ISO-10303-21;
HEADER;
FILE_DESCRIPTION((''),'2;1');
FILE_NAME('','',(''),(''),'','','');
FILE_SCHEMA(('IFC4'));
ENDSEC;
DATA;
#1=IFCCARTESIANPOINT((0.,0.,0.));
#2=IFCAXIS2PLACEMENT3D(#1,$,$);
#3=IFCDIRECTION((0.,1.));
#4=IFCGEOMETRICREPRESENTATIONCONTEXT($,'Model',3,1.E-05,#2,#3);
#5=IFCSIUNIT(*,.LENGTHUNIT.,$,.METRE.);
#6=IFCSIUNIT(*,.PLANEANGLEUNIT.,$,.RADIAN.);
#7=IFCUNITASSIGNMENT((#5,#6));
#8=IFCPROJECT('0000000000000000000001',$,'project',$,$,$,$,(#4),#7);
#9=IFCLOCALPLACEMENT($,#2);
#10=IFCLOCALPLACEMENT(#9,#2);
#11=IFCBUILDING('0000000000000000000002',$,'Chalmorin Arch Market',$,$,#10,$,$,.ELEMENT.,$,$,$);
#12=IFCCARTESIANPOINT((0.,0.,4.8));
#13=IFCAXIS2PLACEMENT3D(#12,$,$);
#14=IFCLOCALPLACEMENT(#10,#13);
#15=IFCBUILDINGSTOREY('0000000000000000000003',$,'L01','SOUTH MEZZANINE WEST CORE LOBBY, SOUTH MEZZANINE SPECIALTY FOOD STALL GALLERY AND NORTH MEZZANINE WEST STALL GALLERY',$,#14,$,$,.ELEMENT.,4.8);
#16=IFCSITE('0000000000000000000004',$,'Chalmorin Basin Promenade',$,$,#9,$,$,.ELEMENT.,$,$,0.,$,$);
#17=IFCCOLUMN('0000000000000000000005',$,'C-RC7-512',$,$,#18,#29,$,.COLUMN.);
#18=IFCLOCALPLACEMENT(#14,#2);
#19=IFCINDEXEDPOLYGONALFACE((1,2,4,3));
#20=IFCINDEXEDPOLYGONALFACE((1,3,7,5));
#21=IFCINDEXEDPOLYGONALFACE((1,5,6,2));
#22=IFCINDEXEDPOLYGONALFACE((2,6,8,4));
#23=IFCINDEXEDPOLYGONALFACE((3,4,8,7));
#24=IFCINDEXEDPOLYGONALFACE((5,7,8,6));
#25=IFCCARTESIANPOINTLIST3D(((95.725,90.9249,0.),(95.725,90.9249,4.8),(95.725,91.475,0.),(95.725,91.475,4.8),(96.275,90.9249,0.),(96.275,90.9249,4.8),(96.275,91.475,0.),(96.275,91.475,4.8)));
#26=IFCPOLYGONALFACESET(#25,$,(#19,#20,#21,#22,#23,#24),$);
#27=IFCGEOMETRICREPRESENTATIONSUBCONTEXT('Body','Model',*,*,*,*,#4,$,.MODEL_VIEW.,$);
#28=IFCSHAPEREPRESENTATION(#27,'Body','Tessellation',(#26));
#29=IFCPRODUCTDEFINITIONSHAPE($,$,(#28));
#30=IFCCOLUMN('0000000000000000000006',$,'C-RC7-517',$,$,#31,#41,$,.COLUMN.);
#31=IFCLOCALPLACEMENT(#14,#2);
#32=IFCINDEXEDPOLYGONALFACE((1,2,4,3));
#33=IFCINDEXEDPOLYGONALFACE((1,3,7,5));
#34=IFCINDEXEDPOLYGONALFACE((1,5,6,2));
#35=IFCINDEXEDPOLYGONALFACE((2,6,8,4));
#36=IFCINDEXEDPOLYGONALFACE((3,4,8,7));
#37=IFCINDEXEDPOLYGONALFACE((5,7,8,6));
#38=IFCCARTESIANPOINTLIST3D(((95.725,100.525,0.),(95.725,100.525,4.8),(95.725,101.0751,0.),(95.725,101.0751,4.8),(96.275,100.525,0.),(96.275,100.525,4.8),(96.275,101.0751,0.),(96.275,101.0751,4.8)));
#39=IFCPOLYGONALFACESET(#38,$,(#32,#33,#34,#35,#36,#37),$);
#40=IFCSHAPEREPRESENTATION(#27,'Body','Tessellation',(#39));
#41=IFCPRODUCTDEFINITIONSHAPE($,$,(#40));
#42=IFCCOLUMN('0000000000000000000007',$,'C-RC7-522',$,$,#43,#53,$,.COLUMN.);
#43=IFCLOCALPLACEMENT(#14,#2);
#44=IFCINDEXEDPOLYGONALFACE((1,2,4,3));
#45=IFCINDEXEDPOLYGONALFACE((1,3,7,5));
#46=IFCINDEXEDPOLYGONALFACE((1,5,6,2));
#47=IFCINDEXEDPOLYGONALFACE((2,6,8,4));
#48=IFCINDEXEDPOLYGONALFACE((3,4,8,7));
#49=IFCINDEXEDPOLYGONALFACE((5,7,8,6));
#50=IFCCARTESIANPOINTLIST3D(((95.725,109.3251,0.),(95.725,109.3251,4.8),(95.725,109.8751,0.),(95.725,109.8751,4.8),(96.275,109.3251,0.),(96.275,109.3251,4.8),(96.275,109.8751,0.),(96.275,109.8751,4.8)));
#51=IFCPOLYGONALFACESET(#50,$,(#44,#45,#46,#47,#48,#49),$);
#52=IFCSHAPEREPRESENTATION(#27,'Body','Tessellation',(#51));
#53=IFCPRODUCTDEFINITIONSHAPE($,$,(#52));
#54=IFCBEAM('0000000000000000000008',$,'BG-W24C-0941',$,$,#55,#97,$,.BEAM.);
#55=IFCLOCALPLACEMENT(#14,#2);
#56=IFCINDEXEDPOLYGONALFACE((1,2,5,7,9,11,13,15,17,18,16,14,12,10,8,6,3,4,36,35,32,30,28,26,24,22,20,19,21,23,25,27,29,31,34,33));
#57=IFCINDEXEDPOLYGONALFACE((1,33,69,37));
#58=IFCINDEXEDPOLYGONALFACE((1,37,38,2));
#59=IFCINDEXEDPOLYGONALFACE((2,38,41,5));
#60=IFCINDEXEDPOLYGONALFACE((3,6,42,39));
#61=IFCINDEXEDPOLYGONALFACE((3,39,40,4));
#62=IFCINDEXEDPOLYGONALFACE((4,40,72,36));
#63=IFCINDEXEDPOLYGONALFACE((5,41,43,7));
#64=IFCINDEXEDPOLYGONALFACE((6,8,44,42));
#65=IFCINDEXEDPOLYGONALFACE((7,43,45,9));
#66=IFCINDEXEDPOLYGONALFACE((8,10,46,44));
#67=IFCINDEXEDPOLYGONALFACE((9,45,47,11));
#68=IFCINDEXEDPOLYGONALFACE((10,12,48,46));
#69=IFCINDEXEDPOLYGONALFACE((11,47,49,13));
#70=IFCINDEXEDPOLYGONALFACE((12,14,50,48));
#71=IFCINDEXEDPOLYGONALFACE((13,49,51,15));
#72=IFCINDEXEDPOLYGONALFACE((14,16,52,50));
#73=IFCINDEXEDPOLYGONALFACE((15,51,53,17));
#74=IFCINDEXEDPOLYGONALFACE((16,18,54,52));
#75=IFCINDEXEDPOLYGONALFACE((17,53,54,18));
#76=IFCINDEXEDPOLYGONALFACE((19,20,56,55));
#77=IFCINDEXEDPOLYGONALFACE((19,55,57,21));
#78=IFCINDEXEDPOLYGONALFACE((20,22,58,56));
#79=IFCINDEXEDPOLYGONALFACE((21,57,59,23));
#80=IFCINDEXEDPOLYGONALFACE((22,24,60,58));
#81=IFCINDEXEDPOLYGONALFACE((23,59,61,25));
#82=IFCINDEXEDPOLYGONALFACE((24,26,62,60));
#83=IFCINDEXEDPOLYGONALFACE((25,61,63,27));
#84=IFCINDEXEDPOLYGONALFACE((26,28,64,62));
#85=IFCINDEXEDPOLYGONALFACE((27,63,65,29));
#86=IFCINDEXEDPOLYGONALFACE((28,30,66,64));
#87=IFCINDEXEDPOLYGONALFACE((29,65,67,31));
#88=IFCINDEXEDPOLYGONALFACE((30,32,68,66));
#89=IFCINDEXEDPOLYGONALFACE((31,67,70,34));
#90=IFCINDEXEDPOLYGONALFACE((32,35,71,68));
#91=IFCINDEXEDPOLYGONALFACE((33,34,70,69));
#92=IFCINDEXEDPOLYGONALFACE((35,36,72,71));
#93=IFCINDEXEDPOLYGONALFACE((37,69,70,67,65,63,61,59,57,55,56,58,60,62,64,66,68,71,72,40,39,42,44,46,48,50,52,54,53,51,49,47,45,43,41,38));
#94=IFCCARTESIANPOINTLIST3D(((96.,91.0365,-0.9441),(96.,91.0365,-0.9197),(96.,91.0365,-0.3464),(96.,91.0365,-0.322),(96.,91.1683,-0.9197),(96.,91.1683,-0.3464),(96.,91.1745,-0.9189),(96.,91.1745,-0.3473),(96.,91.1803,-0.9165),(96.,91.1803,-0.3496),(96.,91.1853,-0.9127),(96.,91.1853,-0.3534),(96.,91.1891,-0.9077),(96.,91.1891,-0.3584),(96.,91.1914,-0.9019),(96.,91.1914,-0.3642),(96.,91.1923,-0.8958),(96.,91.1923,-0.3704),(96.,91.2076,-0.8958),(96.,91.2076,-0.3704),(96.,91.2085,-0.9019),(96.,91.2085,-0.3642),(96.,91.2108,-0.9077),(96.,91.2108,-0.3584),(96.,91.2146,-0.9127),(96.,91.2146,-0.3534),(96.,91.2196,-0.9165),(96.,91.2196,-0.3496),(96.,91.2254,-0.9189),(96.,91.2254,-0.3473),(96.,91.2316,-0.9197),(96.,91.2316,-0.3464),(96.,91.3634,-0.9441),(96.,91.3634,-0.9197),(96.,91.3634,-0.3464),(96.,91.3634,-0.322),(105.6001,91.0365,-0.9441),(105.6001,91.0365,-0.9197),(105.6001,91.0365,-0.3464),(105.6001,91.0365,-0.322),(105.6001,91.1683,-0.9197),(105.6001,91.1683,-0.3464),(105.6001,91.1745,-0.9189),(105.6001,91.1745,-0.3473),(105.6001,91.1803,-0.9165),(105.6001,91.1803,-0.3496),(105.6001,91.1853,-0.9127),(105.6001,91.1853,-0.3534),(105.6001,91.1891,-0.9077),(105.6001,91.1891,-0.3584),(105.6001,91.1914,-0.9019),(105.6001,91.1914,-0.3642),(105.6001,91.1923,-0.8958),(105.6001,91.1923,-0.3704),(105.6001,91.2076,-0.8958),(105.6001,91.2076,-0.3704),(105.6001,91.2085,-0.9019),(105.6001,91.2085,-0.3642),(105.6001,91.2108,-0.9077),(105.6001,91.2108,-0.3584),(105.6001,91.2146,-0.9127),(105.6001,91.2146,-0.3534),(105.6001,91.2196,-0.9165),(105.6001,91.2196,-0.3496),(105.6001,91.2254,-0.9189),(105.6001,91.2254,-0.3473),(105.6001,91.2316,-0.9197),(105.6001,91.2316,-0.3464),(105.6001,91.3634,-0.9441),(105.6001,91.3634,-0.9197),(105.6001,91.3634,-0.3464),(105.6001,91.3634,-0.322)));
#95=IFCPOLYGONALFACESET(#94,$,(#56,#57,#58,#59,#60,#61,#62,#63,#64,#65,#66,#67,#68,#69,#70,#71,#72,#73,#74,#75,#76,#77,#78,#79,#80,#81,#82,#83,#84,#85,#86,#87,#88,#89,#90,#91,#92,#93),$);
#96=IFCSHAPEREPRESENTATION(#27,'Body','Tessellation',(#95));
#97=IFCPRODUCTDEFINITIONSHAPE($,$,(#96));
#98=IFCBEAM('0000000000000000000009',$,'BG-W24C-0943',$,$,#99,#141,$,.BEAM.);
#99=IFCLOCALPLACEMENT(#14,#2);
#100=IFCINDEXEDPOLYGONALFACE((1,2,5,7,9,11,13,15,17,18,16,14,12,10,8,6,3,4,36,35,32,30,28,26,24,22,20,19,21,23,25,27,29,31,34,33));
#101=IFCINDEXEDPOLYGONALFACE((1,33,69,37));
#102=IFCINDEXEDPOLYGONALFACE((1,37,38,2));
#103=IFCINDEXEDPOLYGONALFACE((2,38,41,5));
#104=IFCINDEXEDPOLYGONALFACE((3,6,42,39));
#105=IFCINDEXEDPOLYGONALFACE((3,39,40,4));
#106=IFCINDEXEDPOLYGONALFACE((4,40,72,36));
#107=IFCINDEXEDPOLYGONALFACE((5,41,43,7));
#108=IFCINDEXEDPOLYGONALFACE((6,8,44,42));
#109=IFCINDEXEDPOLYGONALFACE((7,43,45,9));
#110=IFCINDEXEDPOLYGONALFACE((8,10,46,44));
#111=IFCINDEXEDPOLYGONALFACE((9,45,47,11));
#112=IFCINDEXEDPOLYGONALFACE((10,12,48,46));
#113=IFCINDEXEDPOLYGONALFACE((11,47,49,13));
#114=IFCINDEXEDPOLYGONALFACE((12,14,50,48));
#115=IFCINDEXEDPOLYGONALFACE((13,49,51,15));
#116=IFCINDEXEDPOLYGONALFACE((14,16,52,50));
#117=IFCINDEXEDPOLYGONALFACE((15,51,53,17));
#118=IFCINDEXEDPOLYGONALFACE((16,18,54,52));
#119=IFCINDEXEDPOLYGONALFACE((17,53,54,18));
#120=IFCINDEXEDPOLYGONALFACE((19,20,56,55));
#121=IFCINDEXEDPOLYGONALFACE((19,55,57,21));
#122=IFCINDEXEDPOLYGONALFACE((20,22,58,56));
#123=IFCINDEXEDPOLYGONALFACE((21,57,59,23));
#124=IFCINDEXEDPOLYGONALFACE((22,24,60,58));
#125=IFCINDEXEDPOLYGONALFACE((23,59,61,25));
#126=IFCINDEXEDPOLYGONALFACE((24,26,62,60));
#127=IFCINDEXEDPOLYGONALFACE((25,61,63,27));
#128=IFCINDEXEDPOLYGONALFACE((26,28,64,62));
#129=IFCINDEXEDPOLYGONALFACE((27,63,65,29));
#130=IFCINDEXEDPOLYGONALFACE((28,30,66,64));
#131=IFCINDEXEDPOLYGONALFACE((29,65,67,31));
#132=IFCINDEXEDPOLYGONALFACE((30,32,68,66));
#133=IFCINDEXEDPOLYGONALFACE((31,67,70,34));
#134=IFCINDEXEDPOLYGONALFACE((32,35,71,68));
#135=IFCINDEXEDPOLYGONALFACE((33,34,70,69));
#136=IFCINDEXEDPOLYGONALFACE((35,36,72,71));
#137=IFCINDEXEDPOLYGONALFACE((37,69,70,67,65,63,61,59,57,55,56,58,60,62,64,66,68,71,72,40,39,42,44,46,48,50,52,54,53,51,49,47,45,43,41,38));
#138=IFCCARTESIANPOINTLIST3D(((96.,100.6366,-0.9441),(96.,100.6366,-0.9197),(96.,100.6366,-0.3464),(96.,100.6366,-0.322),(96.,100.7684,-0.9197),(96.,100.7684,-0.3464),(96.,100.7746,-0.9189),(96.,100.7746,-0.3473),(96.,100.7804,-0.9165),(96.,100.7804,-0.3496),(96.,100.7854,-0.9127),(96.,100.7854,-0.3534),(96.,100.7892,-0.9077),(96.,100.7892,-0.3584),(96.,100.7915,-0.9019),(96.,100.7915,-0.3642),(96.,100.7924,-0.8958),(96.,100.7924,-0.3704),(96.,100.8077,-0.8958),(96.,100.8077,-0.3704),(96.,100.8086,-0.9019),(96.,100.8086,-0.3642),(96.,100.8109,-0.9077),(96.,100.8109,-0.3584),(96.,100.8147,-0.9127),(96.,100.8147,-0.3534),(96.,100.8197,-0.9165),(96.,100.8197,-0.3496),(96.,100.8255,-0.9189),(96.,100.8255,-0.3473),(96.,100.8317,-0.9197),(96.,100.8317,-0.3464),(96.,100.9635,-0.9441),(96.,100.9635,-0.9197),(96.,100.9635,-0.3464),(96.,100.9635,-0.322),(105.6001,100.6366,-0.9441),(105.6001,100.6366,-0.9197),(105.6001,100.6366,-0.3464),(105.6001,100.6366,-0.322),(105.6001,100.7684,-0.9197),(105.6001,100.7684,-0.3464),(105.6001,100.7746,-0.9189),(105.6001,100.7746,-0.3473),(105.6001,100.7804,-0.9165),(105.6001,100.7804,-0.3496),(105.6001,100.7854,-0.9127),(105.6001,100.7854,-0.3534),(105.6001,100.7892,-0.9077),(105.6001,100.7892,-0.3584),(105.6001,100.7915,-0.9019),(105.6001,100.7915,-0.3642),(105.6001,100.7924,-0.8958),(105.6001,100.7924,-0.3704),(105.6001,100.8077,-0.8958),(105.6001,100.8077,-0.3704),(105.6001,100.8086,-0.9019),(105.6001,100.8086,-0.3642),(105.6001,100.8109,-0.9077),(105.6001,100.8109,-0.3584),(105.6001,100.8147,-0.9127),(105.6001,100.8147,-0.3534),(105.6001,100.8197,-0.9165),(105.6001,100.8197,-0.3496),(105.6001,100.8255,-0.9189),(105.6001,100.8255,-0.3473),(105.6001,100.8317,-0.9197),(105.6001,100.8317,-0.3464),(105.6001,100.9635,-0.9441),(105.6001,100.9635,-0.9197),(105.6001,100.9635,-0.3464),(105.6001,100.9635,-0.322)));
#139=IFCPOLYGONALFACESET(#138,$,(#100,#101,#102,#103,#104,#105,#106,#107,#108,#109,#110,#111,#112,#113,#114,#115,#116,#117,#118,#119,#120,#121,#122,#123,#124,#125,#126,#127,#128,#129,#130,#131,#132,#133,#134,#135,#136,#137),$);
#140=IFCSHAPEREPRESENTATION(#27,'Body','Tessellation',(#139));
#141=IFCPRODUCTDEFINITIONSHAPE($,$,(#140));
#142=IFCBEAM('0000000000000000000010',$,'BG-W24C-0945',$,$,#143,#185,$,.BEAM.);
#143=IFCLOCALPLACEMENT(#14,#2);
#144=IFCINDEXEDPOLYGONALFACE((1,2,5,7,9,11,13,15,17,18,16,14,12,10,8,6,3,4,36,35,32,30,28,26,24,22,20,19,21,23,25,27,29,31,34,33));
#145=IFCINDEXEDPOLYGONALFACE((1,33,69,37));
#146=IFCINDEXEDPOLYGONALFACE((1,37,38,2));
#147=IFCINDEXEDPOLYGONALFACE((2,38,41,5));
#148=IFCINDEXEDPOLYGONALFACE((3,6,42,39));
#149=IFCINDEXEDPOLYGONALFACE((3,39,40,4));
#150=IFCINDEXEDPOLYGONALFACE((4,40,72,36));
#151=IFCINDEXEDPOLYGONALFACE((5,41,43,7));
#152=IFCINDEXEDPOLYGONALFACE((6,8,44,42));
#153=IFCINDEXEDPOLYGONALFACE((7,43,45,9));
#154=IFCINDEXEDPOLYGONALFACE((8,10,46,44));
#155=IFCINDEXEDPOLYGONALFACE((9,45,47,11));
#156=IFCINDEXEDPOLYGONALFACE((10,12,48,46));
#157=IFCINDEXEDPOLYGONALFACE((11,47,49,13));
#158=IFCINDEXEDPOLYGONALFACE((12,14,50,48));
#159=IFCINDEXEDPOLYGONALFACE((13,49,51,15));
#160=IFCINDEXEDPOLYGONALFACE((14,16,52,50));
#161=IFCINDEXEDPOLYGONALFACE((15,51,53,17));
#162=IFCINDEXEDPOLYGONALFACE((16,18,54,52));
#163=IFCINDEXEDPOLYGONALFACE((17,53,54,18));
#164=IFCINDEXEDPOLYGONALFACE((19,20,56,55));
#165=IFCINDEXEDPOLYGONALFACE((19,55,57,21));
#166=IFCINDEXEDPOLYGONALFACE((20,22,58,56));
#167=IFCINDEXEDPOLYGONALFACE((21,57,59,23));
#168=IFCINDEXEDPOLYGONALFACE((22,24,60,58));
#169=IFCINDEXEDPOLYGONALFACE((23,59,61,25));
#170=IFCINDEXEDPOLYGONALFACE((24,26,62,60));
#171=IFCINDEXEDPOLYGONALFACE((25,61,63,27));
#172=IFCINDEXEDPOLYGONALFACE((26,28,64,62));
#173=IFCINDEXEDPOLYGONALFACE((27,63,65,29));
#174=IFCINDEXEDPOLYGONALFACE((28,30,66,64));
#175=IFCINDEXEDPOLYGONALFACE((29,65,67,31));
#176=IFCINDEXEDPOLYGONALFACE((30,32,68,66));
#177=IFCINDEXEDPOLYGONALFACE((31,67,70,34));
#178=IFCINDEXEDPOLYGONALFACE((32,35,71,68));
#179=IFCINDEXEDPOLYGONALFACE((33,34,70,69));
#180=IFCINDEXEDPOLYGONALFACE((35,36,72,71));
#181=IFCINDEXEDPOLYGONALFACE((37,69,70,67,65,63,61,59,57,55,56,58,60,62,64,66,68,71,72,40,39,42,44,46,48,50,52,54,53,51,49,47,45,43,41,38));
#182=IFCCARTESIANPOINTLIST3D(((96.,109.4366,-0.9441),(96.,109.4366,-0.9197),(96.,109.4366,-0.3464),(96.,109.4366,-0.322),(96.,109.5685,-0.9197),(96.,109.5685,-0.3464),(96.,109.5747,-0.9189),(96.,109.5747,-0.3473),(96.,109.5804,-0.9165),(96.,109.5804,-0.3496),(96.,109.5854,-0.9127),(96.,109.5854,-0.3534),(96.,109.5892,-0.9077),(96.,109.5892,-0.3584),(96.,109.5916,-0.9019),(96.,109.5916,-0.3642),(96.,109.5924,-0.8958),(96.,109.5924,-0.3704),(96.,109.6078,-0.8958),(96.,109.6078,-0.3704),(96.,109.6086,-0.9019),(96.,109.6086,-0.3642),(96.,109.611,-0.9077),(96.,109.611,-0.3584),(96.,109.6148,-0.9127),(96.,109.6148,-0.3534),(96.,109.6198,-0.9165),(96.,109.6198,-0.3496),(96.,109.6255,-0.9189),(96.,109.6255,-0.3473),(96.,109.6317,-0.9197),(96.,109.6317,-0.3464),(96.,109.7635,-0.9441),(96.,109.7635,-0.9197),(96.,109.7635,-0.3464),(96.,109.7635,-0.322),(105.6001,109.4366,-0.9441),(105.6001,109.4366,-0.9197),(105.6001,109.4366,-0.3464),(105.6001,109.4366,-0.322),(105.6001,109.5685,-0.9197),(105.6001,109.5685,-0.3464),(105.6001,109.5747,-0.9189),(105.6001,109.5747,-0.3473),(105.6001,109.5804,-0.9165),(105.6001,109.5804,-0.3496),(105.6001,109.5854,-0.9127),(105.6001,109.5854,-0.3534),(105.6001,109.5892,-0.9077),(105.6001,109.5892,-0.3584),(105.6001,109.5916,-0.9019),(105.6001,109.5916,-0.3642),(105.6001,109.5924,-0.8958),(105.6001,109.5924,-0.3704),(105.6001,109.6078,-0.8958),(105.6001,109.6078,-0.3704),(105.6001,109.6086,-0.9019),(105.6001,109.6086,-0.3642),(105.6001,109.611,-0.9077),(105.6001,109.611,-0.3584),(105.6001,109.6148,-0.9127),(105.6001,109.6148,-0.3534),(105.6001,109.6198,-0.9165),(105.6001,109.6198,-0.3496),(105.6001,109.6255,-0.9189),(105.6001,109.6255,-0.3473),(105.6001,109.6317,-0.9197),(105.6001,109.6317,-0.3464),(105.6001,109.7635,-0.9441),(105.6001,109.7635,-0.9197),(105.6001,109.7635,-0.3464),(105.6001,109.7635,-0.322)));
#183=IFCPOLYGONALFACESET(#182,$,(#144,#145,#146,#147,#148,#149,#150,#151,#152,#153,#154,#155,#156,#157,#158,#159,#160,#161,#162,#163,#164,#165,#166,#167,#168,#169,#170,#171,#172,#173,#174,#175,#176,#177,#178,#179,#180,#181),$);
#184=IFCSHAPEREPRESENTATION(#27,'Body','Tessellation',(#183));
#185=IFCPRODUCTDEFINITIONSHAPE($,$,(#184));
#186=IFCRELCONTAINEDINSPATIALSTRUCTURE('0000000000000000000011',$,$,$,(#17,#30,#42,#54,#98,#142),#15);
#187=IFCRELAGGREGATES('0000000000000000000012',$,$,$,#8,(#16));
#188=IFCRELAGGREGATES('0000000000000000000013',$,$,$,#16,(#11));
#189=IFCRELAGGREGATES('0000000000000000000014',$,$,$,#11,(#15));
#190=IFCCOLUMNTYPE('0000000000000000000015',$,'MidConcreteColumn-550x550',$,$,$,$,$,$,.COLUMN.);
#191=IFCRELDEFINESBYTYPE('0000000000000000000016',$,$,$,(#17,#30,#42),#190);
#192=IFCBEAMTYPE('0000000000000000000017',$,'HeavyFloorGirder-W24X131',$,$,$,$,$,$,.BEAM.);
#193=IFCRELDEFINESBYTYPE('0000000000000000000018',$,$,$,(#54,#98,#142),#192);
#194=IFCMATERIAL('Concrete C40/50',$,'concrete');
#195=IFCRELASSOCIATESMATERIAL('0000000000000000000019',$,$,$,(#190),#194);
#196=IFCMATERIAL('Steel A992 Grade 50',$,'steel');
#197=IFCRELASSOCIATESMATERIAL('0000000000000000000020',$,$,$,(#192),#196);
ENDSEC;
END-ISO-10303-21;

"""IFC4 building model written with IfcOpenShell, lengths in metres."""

from ifc_helpers import new_model, si_unit, direction, frame, origin, origin_2d, place, context, subcontext, project, spatial, rectangle, i_section, extrude, material, material_profile, profile_set, type_object, element, save


model = new_model("IFC4")

# Units and contexts
model_context = context("Model", 3, precision=1e-05, world=origin(), true_north=direction((0.0, 1.0)))
body_context = subcontext(model_context, "Body", "Model", "MODEL_VIEW")
ifc_project = project(units=[si_unit("LENGTHUNIT", "METRE"), si_unit("PLANEANGLEUNIT", "RADIAN")], contexts=[model_context])

# Site, building, storey
site_placement = place(None, origin())
site = spatial("IfcSite", under=ifc_project, at=site_placement, Name="Chalmorin Basin Promenade", CompositionType="ELEMENT", RefElevation=0.0)
building_placement = place(site_placement, origin())
building = spatial("IfcBuilding", under=site, at=building_placement, Name="Chalmorin Arch Market", CompositionType="ELEMENT")
storey_placement = place(building_placement, frame((0.0, 0.0, 4.8)))
storey = spatial("IfcBuildingStorey", under=building, at=storey_placement, Name="L01", Description="SOUTH MEZZANINE WEST CORE LOBBY, SOUTH MEZZANINE SPECIALTY FOOD STALL GALLERY AND NORTH MEZZANINE WEST STALL GALLERY", CompositionType="ELEMENT", Elevation=4.8)

# Columns
ifc_material_1 = material(Name="Concrete C40/50", Category="concrete")
ifc_material_profile_1 = material_profile(ifc_material_1, rectangle(XDim=0.55, YDim=0.55, at=origin_2d()), Name="RC550X550")
ifc_profile_set_1 = profile_set([ifc_material_profile_1], Name="Concrete C40/50")
column_type = type_object("IfcColumnType", Name="MidConcreteColumn-550x550", PredefinedType="COLUMN", material=ifc_profile_set_1)
for number, where, z_axis, x_axis, name in (
    (1, (96.0, 91.2, 0.0), (0.0, 0.0, 1.0), (1.0, 0.0, 0.0), "C-RC7-512"),
    (2, (96.0, 100.8, 0.0), (0.0, 0.0, 1.0), (1.0, 0.0, 0.0), "C-RC7-517"),
    (3, (96.0, 109.6001, 0.0), (0.0, 0.0, 1.0), (1.0, 0.0, 0.0), "C-RC7-522"),
):
    element("IfcColumn", number, at=place(storey_placement, frame(where, z_axis=z_axis, x_axis=x_axis)), inside=storey, type_object=column_type, Name=name, PredefinedType="COLUMN", context=body_context, shape_type="SweptSolid", body=[
        extrude(rectangle(XDim=0.55, YDim=0.55, at=origin_2d()), origin(), (0.0, 0.0, 1.0), 4.8),
    ])

# Beams
ifc_material_2 = material(Name="Steel A992 Grade 50", Category="steel")
ifc_material_profile_2 = material_profile(ifc_material_2, i_section(OverallWidth=0.3269, OverallDepth=0.6221, WebThickness=0.0154, FlangeThickness=0.0244, FilletRadius=0.0239, at=origin_2d()), Name="W24X131")
ifc_profile_set_2 = profile_set([ifc_material_profile_2], Name="Steel A992 Grade 50")
beam_type_1 = type_object("IfcBeamType", Name="HeavyFloorGirder-W24X131", PredefinedType="BEAM", material=ifc_profile_set_2)
for number, where, z_axis, x_axis, name in (
    (4, (96.0, 91.2, -0.6331), (1.0, 0.0, 0.0), (0.0, 1.0, 0.0), "BG-W24C-0941"),
    (5, (96.0, 100.8, -0.6331), (1.0, 0.0, 0.0), (0.0, 1.0, 0.0), "BG-W24C-0943"),
    (6, (96.0, 109.6001, -0.6331), (1.0, 0.0, 0.0), (0.0, 1.0, 0.0), "BG-W24C-0945"),
):
    element("IfcBeam", number, at=place(storey_placement, frame(where, z_axis=z_axis, x_axis=x_axis)), inside=storey, type_object=beam_type_1, Name=name, PredefinedType="BEAM", context=body_context, shape_type="SweptSolid", body=[
        extrude(i_section(OverallWidth=0.3269, OverallDepth=0.6221, WebThickness=0.0154, FlangeThickness=0.0244, FilletRadius=0.0239, at=origin_2d()), origin(), (0.0, 0.0, 1.0), 9.6001),
    ])

save(model, "model.ifc")
